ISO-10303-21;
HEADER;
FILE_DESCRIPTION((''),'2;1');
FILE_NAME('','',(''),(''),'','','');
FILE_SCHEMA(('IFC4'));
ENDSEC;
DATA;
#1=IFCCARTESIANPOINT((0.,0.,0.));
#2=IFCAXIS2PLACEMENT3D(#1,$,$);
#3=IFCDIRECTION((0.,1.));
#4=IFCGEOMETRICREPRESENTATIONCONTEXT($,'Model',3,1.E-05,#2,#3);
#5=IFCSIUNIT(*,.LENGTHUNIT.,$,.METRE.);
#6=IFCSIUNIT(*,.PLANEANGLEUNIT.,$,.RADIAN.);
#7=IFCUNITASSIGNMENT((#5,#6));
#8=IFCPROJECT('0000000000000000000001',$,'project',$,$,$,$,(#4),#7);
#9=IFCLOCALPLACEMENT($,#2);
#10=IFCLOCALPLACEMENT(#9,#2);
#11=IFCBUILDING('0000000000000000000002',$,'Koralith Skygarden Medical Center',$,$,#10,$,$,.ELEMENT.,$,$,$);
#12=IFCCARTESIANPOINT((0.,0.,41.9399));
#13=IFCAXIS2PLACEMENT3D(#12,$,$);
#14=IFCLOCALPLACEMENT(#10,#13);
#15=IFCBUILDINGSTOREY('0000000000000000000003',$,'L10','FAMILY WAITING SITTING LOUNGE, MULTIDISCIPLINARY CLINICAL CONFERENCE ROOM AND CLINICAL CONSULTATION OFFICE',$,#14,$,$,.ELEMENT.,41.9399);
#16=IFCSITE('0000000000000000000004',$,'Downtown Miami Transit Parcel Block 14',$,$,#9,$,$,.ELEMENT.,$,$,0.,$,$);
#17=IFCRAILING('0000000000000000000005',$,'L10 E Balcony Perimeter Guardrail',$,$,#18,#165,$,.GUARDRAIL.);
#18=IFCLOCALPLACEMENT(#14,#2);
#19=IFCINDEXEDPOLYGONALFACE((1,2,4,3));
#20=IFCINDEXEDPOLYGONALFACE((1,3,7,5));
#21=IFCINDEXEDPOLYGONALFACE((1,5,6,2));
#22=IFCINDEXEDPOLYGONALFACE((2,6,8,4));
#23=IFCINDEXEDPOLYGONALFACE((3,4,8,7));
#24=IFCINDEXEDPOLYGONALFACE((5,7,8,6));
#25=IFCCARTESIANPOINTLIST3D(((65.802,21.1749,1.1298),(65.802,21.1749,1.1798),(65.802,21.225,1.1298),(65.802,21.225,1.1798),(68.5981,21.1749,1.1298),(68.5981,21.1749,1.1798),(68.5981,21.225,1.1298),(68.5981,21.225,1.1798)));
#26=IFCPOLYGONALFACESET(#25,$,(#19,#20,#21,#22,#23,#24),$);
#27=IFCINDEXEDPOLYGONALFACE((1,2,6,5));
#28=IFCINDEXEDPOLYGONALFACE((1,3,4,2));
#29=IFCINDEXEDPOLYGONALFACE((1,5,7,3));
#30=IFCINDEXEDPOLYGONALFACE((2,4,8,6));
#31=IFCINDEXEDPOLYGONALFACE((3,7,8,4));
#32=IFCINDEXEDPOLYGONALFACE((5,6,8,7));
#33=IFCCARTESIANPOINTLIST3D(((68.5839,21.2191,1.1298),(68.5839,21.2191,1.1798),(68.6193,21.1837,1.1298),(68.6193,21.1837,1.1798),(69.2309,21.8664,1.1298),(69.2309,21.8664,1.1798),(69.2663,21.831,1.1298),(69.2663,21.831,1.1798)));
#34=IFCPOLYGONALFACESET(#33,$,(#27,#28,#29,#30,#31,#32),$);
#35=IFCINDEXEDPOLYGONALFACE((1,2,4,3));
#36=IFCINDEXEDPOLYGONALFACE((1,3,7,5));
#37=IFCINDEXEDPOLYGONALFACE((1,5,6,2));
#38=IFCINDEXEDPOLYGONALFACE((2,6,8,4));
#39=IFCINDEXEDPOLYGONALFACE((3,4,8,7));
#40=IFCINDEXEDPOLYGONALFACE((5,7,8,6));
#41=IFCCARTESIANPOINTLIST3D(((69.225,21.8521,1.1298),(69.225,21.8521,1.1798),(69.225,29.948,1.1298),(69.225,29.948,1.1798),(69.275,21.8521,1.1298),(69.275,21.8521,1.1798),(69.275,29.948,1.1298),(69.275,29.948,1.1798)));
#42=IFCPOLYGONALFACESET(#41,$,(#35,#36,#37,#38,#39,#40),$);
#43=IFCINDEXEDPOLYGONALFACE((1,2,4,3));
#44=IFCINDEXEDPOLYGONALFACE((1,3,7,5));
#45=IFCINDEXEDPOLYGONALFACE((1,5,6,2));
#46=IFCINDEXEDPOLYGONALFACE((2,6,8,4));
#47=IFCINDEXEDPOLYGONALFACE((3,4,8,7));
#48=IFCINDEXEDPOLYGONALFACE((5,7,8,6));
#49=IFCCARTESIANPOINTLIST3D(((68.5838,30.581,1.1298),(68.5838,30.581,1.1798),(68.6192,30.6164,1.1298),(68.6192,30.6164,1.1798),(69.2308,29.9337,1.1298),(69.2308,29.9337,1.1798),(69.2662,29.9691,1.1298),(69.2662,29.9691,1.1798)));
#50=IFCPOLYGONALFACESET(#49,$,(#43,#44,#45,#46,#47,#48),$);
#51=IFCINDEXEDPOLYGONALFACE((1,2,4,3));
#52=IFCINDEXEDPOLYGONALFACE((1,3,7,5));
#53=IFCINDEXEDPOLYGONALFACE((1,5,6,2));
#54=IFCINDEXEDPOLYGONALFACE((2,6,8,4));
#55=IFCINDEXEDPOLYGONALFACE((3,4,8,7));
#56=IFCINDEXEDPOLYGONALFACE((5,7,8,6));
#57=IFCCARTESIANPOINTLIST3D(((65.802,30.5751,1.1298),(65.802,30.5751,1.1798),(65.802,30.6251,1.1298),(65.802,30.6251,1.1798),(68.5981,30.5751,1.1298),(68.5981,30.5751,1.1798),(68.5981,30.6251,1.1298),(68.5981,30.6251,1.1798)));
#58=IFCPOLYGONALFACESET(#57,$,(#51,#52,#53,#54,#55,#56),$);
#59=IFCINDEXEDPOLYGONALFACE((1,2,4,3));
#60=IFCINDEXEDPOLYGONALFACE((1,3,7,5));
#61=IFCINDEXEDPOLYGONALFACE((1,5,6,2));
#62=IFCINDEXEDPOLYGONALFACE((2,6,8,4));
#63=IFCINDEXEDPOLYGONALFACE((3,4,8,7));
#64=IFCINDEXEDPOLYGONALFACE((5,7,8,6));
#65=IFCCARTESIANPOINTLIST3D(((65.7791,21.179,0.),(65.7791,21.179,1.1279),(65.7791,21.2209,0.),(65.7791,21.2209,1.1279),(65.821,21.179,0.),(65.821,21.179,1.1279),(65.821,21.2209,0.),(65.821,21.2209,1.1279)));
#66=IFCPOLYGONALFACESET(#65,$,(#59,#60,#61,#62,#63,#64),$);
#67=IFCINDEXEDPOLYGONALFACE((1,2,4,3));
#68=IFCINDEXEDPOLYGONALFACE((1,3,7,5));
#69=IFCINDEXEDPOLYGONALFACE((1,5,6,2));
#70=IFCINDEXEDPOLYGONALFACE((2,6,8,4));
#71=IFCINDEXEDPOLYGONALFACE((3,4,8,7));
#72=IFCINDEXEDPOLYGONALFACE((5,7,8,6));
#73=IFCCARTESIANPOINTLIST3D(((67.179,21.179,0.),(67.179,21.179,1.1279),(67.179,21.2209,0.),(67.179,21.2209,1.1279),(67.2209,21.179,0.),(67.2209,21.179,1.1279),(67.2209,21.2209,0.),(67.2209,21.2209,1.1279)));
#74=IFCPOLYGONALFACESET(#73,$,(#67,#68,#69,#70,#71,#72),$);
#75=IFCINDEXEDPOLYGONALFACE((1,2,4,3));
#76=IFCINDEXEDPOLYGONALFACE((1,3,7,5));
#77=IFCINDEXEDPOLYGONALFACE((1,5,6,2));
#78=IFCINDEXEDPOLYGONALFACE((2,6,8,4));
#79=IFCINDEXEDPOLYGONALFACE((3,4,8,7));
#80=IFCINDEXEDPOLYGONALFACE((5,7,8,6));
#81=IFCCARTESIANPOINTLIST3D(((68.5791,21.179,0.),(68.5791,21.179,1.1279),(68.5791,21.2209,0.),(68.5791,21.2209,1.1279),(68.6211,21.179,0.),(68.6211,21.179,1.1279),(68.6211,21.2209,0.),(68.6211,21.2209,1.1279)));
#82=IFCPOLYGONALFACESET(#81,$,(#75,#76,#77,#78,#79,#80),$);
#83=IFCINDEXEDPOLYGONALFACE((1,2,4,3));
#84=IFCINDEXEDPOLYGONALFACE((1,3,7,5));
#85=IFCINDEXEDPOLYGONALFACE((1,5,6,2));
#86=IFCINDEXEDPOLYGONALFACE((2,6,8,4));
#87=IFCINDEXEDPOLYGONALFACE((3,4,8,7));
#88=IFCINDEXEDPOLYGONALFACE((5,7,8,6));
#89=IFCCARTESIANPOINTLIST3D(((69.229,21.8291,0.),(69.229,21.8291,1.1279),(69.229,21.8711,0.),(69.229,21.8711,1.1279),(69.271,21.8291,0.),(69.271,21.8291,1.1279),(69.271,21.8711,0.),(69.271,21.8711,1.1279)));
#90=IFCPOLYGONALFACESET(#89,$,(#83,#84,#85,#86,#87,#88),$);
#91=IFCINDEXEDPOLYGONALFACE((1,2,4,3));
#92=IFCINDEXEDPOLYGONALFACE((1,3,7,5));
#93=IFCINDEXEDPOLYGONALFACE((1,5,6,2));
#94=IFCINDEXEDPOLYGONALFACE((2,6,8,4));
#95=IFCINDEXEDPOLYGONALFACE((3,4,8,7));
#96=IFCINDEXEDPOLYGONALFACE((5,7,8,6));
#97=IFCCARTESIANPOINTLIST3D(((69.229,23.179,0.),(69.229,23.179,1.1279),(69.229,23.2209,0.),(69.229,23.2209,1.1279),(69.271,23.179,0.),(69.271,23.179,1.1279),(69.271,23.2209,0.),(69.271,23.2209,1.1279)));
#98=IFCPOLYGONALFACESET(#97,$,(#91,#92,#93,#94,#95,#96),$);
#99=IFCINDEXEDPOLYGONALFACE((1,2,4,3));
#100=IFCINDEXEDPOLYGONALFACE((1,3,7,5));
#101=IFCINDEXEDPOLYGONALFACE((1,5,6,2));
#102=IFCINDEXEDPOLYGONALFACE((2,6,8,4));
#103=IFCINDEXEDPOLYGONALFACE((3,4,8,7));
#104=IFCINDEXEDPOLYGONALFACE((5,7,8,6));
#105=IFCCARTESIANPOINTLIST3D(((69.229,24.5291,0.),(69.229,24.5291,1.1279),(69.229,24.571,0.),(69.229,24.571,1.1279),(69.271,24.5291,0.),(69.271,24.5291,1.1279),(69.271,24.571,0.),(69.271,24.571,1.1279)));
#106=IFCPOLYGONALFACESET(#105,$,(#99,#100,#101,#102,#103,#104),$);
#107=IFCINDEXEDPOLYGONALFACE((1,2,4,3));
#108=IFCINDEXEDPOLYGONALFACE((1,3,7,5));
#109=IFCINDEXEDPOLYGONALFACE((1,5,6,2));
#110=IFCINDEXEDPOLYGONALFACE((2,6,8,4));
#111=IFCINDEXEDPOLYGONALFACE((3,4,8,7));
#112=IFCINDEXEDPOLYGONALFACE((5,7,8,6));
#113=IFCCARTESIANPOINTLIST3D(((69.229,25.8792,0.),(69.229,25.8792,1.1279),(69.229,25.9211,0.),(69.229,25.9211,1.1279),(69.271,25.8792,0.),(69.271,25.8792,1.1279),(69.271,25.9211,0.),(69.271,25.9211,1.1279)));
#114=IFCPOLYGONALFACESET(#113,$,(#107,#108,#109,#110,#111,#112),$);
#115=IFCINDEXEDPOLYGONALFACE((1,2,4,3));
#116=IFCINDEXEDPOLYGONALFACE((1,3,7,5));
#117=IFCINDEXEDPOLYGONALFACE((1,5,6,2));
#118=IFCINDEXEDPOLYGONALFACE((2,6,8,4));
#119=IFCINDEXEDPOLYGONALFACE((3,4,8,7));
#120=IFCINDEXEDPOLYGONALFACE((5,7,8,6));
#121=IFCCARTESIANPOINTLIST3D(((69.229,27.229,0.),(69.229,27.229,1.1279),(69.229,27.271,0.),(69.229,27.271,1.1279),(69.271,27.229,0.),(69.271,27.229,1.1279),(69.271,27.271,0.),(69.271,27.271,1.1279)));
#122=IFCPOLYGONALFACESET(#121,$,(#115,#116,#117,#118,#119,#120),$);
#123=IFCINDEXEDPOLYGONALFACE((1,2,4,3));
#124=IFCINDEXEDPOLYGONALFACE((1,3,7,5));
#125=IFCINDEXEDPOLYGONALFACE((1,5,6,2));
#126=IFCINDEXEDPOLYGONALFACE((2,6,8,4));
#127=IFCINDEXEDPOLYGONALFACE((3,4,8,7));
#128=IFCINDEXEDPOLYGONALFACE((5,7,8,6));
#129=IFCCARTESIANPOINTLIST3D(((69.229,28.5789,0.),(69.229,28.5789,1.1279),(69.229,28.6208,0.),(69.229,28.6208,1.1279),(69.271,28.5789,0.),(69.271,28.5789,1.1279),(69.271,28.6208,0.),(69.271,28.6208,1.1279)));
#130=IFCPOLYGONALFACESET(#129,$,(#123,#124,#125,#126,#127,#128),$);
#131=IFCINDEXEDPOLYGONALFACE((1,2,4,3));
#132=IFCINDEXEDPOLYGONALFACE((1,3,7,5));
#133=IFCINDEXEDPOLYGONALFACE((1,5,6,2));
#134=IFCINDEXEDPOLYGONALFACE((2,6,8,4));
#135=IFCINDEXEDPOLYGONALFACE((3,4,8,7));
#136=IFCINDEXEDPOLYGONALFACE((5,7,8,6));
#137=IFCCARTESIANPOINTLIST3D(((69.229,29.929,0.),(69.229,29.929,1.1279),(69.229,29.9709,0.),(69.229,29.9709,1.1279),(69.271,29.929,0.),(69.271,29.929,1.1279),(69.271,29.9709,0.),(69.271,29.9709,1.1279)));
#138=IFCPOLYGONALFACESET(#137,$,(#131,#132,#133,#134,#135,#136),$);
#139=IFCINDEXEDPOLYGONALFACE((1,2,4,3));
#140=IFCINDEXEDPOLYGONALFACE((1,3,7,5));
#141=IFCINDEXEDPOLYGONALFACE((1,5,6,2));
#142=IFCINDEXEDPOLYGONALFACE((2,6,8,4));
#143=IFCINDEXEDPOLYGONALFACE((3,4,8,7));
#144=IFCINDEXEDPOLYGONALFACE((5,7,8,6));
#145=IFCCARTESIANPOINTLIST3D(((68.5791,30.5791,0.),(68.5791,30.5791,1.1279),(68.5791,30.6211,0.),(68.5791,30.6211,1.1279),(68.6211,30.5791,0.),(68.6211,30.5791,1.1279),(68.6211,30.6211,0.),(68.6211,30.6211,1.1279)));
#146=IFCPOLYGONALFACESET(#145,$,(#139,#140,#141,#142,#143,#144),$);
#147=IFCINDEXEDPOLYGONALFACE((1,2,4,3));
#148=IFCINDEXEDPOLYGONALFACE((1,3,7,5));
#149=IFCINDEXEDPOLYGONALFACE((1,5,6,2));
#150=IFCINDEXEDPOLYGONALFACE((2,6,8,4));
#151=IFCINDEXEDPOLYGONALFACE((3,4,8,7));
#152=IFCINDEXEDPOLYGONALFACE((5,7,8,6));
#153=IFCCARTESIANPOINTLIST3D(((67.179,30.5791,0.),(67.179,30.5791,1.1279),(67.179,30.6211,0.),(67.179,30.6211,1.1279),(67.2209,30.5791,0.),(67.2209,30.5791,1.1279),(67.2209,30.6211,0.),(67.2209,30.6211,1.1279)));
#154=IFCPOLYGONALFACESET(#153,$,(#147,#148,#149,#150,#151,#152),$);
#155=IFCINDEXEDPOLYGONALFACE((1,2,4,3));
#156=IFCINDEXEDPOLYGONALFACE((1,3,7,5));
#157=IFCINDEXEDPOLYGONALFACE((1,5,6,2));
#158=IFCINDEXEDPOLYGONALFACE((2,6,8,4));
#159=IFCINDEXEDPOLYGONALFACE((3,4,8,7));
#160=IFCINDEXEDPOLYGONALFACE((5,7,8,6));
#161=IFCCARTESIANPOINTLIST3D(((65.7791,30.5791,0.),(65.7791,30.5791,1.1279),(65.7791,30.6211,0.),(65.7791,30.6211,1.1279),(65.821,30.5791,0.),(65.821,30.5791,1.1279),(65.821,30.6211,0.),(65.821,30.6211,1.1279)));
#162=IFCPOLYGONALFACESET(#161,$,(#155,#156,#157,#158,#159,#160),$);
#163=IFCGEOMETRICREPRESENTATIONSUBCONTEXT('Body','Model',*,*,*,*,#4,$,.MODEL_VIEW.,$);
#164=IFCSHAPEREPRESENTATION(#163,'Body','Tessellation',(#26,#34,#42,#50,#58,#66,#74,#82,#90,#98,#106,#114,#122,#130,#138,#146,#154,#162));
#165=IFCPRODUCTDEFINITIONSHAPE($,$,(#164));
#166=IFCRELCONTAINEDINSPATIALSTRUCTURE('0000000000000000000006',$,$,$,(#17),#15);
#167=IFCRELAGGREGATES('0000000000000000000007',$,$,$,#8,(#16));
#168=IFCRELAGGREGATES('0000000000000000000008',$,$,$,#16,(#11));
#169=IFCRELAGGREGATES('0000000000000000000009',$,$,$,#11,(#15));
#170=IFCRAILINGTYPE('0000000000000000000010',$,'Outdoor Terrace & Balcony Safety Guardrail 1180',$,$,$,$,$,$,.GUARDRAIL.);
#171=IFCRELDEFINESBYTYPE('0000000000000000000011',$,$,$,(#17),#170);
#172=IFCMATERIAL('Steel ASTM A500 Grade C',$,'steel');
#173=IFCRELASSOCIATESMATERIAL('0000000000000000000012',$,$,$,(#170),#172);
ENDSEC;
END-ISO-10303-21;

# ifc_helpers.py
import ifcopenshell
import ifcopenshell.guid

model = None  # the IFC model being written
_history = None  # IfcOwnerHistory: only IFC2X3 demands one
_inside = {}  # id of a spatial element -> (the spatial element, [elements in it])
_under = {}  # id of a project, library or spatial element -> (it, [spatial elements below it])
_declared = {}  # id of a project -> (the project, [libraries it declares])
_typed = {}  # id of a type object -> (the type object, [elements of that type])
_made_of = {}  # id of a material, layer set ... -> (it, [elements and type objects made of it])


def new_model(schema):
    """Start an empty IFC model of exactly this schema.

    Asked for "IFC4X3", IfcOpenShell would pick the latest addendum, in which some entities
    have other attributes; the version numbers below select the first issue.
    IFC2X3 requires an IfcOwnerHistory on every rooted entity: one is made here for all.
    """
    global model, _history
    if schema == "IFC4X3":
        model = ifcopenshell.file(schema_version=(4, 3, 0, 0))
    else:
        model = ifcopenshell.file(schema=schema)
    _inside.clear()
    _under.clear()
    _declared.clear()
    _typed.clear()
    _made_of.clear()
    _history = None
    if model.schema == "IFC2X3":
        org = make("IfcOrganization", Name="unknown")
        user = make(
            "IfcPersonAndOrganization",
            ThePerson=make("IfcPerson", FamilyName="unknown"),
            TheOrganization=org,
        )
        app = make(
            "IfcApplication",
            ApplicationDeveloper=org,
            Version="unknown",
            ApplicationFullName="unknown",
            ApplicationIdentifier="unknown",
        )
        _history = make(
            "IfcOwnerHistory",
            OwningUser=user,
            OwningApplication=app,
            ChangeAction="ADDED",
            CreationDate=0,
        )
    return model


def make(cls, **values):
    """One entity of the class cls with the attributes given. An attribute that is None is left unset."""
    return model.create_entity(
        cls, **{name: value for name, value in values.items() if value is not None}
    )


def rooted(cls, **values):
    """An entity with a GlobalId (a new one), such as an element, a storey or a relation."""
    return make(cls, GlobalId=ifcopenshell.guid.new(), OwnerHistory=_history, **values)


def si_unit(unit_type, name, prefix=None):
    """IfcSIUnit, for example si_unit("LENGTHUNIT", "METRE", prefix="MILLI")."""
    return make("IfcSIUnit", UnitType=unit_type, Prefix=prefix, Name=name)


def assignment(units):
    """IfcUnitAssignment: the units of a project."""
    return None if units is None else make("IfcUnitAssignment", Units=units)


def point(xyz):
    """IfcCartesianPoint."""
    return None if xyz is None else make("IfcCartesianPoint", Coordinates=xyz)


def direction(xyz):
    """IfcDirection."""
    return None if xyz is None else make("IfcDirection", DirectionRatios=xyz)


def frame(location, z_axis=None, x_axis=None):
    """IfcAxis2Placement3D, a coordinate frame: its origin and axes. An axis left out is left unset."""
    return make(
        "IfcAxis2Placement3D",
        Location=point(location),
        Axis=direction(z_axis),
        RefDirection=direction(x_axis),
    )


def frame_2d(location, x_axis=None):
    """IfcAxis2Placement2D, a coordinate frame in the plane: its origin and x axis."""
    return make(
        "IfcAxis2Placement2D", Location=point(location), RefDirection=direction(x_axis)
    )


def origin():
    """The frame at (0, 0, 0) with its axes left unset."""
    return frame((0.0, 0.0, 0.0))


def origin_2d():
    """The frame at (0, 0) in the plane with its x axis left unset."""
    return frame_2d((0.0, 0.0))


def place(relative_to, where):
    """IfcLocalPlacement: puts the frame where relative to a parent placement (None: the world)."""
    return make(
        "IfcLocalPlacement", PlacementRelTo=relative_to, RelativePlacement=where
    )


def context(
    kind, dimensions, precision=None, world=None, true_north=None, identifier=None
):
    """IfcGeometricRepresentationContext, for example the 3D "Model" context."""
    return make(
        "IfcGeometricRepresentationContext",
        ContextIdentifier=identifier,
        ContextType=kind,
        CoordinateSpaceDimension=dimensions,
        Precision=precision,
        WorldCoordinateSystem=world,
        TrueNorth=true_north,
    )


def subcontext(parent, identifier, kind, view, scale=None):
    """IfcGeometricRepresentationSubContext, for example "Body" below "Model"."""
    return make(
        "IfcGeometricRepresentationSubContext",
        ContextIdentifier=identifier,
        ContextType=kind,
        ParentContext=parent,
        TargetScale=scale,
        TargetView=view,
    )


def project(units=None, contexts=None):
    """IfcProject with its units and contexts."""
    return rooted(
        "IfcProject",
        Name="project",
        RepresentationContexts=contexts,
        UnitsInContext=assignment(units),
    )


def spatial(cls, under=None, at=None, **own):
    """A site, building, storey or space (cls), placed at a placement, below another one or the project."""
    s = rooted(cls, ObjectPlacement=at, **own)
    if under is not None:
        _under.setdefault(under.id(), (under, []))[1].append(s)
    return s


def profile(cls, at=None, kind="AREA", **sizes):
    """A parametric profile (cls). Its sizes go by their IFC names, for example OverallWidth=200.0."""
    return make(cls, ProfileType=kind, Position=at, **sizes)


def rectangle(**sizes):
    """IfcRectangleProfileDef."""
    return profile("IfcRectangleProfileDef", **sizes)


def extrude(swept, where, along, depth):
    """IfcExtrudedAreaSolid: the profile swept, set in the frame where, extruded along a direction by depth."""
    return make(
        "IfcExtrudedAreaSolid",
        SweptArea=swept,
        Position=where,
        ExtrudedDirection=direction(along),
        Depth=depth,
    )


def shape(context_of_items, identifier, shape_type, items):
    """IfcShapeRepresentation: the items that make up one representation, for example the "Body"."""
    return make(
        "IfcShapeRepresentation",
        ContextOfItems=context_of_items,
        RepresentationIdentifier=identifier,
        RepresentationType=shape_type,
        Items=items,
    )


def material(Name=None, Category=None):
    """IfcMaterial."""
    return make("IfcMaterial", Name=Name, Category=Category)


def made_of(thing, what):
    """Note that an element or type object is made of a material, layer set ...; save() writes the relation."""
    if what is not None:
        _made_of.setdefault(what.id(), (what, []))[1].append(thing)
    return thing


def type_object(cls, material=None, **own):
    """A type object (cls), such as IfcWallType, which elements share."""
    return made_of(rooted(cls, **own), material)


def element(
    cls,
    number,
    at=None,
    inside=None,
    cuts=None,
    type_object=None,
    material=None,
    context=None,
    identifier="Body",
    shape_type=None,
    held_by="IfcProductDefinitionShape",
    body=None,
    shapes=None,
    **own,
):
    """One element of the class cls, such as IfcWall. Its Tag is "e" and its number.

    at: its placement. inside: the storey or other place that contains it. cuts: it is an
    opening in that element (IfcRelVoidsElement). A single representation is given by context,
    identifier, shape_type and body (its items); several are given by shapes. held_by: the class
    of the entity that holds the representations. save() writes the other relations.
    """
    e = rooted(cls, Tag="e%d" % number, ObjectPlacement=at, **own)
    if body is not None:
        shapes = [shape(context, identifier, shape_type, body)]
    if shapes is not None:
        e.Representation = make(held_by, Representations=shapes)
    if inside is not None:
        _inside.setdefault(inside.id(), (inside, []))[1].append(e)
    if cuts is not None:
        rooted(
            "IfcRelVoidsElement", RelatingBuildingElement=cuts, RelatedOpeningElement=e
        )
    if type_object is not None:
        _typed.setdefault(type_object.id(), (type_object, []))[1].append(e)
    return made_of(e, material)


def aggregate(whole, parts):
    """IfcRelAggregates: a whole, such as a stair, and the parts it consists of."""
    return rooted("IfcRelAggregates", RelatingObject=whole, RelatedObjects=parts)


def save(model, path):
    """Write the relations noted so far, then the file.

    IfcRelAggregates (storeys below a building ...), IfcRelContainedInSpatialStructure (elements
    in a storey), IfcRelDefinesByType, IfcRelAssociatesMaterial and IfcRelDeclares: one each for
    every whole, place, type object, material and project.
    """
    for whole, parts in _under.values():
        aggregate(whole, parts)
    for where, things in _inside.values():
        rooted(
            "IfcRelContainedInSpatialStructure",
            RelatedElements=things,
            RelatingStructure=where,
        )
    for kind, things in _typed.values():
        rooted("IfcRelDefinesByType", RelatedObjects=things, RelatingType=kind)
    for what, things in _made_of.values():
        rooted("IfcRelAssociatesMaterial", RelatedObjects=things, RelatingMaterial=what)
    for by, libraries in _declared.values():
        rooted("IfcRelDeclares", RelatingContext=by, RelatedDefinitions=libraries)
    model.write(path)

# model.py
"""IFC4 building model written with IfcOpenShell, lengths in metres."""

from ifc_helpers import new_model, si_unit, direction, frame, origin, origin_2d, place, context, subcontext, project, spatial, rectangle, extrude, material, type_object, element, save


model = new_model("IFC4")

# Units and contexts
model_context = context("Model", 3, precision=1e-05, world=origin(), true_north=direction((0.0, 1.0)))
body_context = subcontext(model_context, "Body", "Model", "MODEL_VIEW")
ifc_project = project(units=[si_unit("LENGTHUNIT", "METRE"), si_unit("PLANEANGLEUNIT", "RADIAN")], contexts=[model_context])

# Site, building, storey
site_placement = place(None, origin())
site = spatial("IfcSite", under=ifc_project, at=site_placement, Name="Downtown Miami Transit Parcel Block 14", CompositionType="ELEMENT", RefElevation=0.0)
building_placement = place(site_placement, origin())
building = spatial("IfcBuilding", under=site, at=building_placement, Name="Koralith Skygarden Medical Center", CompositionType="ELEMENT")
storey_placement = place(building_placement, frame((0.0, 0.0, 41.9399)))
storey = spatial("IfcBuildingStorey", under=building, at=storey_placement, Name="L10", Description="FAMILY WAITING SITTING LOUNGE, MULTIDISCIPLINARY CLINICAL CONFERENCE ROOM AND CLINICAL CONSULTATION OFFICE", CompositionType="ELEMENT", Elevation=41.9399)

# Railing
ifc_material_1 = material(Name="Steel ASTM A500 Grade C", Category="steel")
railing_type = type_object("IfcRailingType", Name="Outdoor Terrace & Balcony Safety Guardrail 1180", PredefinedType="GUARDRAIL", material=ifc_material_1)
railing_placement = place(storey_placement, frame((65.8, 21.2, 0.0)))
element("IfcRailing", 1, at=railing_placement, inside=storey, type_object=railing_type, Name="L10 E Balcony Perimeter Guardrail", PredefinedType="GUARDRAIL", context=body_context, shape_type="SweptSolid", body=[
    extrude(rectangle(XDim=0.05, YDim=0.05, at=origin_2d()), frame((0.002, 0.0, 1.1548), z_axis=(1.0, 0.0, 0.0), x_axis=(0.0, 1.0, 0.0)), (0.0, 0.0, 1.0), 2.7961),
    extrude(rectangle(XDim=0.05, YDim=0.05, at=origin_2d()), frame((2.8015, 0.0015, 1.1548), z_axis=(0.706974, 0.70724, 0.0), x_axis=(-0.70724, 0.706974, 0.0)), (0.0, 0.0, 1.0), 0.9153),
    extrude(rectangle(XDim=0.05, YDim=0.05, at=origin_2d()), frame((3.45, 0.6521, 1.1548), z_axis=(0.0, 1.0, 0.0), x_axis=(-1.0, 0.0, 0.0)), (0.0, 0.0, 1.0), 8.0959),
    extrude(rectangle(XDim=0.05, YDim=0.05, at=origin_2d()), frame((3.4485, 8.7515, 1.1548), z_axis=(-0.706974, 0.70724, 0.0), x_axis=(-0.70724, -0.706974, 0.0)), (0.0, 0.0, 1.0), 0.9153),
    extrude(rectangle(XDim=0.05, YDim=0.05, at=origin_2d()), frame((2.7981, 9.4001, 1.1548), z_axis=(-1.0, 0.0, 0.0), x_axis=(0.0, -1.0, 0.0)), (0.0, 0.0, 1.0), 2.7961),
    extrude(rectangle(XDim=0.042, YDim=0.042, at=origin_2d()), origin(), (0.0, 0.0, 1.0), 1.1279),
    extrude(rectangle(XDim=0.042, YDim=0.042, at=origin_2d()), frame((1.3999, 0.0, 0.0)), (0.0, 0.0, 1.0), 1.1279),
    extrude(rectangle(XDim=0.042, YDim=0.042, at=origin_2d()), frame((2.8, 0.0, 0.0)), (0.0, 0.0, 1.0), 1.1279),
    extrude(rectangle(XDim=0.042, YDim=0.042, at=origin_2d()), frame((3.45, 0.6501, 0.0)), (0.0, 0.0, 1.0), 1.1279),
    extrude(rectangle(XDim=0.042, YDim=0.042, at=origin_2d()), frame((3.45, 2.0, 0.0)), (0.0, 0.0, 1.0), 1.1279),
    extrude(rectangle(XDim=0.042, YDim=0.042, at=origin_2d()), frame((3.45, 3.3501, 0.0)), (0.0, 0.0, 1.0), 1.1279),
    extrude(rectangle(XDim=0.042, YDim=0.042, at=origin_2d()), frame((3.45, 4.7002, 0.0)), (0.0, 0.0, 1.0), 1.1279),
    extrude(rectangle(XDim=0.042, YDim=0.042, at=origin_2d()), frame((3.45, 6.05, 0.0)), (0.0, 0.0, 1.0), 1.1279),
    extrude(rectangle(XDim=0.042, YDim=0.042, at=origin_2d()), frame((3.45, 7.3999, 0.0)), (0.0, 0.0, 1.0), 1.1279),
    extrude(rectangle(XDim=0.042, YDim=0.042, at=origin_2d()), frame((3.45, 8.75, 0.0)), (0.0, 0.0, 1.0), 1.1279),
    extrude(rectangle(XDim=0.042, YDim=0.042, at=origin_2d()), frame((2.8, 9.4001, 0.0)), (0.0, 0.0, 1.0), 1.1279),
    extrude(rectangle(XDim=0.042, YDim=0.042, at=origin_2d()), frame((1.3999, 9.4001, 0.0)), (0.0, 0.0, 1.0), 1.1279),
    extrude(rectangle(XDim=0.042, YDim=0.042, at=origin_2d()), frame((0.0, 9.4001, 0.0)), (0.0, 0.0, 1.0), 1.1279),
])

save(model, "model.ifc")
